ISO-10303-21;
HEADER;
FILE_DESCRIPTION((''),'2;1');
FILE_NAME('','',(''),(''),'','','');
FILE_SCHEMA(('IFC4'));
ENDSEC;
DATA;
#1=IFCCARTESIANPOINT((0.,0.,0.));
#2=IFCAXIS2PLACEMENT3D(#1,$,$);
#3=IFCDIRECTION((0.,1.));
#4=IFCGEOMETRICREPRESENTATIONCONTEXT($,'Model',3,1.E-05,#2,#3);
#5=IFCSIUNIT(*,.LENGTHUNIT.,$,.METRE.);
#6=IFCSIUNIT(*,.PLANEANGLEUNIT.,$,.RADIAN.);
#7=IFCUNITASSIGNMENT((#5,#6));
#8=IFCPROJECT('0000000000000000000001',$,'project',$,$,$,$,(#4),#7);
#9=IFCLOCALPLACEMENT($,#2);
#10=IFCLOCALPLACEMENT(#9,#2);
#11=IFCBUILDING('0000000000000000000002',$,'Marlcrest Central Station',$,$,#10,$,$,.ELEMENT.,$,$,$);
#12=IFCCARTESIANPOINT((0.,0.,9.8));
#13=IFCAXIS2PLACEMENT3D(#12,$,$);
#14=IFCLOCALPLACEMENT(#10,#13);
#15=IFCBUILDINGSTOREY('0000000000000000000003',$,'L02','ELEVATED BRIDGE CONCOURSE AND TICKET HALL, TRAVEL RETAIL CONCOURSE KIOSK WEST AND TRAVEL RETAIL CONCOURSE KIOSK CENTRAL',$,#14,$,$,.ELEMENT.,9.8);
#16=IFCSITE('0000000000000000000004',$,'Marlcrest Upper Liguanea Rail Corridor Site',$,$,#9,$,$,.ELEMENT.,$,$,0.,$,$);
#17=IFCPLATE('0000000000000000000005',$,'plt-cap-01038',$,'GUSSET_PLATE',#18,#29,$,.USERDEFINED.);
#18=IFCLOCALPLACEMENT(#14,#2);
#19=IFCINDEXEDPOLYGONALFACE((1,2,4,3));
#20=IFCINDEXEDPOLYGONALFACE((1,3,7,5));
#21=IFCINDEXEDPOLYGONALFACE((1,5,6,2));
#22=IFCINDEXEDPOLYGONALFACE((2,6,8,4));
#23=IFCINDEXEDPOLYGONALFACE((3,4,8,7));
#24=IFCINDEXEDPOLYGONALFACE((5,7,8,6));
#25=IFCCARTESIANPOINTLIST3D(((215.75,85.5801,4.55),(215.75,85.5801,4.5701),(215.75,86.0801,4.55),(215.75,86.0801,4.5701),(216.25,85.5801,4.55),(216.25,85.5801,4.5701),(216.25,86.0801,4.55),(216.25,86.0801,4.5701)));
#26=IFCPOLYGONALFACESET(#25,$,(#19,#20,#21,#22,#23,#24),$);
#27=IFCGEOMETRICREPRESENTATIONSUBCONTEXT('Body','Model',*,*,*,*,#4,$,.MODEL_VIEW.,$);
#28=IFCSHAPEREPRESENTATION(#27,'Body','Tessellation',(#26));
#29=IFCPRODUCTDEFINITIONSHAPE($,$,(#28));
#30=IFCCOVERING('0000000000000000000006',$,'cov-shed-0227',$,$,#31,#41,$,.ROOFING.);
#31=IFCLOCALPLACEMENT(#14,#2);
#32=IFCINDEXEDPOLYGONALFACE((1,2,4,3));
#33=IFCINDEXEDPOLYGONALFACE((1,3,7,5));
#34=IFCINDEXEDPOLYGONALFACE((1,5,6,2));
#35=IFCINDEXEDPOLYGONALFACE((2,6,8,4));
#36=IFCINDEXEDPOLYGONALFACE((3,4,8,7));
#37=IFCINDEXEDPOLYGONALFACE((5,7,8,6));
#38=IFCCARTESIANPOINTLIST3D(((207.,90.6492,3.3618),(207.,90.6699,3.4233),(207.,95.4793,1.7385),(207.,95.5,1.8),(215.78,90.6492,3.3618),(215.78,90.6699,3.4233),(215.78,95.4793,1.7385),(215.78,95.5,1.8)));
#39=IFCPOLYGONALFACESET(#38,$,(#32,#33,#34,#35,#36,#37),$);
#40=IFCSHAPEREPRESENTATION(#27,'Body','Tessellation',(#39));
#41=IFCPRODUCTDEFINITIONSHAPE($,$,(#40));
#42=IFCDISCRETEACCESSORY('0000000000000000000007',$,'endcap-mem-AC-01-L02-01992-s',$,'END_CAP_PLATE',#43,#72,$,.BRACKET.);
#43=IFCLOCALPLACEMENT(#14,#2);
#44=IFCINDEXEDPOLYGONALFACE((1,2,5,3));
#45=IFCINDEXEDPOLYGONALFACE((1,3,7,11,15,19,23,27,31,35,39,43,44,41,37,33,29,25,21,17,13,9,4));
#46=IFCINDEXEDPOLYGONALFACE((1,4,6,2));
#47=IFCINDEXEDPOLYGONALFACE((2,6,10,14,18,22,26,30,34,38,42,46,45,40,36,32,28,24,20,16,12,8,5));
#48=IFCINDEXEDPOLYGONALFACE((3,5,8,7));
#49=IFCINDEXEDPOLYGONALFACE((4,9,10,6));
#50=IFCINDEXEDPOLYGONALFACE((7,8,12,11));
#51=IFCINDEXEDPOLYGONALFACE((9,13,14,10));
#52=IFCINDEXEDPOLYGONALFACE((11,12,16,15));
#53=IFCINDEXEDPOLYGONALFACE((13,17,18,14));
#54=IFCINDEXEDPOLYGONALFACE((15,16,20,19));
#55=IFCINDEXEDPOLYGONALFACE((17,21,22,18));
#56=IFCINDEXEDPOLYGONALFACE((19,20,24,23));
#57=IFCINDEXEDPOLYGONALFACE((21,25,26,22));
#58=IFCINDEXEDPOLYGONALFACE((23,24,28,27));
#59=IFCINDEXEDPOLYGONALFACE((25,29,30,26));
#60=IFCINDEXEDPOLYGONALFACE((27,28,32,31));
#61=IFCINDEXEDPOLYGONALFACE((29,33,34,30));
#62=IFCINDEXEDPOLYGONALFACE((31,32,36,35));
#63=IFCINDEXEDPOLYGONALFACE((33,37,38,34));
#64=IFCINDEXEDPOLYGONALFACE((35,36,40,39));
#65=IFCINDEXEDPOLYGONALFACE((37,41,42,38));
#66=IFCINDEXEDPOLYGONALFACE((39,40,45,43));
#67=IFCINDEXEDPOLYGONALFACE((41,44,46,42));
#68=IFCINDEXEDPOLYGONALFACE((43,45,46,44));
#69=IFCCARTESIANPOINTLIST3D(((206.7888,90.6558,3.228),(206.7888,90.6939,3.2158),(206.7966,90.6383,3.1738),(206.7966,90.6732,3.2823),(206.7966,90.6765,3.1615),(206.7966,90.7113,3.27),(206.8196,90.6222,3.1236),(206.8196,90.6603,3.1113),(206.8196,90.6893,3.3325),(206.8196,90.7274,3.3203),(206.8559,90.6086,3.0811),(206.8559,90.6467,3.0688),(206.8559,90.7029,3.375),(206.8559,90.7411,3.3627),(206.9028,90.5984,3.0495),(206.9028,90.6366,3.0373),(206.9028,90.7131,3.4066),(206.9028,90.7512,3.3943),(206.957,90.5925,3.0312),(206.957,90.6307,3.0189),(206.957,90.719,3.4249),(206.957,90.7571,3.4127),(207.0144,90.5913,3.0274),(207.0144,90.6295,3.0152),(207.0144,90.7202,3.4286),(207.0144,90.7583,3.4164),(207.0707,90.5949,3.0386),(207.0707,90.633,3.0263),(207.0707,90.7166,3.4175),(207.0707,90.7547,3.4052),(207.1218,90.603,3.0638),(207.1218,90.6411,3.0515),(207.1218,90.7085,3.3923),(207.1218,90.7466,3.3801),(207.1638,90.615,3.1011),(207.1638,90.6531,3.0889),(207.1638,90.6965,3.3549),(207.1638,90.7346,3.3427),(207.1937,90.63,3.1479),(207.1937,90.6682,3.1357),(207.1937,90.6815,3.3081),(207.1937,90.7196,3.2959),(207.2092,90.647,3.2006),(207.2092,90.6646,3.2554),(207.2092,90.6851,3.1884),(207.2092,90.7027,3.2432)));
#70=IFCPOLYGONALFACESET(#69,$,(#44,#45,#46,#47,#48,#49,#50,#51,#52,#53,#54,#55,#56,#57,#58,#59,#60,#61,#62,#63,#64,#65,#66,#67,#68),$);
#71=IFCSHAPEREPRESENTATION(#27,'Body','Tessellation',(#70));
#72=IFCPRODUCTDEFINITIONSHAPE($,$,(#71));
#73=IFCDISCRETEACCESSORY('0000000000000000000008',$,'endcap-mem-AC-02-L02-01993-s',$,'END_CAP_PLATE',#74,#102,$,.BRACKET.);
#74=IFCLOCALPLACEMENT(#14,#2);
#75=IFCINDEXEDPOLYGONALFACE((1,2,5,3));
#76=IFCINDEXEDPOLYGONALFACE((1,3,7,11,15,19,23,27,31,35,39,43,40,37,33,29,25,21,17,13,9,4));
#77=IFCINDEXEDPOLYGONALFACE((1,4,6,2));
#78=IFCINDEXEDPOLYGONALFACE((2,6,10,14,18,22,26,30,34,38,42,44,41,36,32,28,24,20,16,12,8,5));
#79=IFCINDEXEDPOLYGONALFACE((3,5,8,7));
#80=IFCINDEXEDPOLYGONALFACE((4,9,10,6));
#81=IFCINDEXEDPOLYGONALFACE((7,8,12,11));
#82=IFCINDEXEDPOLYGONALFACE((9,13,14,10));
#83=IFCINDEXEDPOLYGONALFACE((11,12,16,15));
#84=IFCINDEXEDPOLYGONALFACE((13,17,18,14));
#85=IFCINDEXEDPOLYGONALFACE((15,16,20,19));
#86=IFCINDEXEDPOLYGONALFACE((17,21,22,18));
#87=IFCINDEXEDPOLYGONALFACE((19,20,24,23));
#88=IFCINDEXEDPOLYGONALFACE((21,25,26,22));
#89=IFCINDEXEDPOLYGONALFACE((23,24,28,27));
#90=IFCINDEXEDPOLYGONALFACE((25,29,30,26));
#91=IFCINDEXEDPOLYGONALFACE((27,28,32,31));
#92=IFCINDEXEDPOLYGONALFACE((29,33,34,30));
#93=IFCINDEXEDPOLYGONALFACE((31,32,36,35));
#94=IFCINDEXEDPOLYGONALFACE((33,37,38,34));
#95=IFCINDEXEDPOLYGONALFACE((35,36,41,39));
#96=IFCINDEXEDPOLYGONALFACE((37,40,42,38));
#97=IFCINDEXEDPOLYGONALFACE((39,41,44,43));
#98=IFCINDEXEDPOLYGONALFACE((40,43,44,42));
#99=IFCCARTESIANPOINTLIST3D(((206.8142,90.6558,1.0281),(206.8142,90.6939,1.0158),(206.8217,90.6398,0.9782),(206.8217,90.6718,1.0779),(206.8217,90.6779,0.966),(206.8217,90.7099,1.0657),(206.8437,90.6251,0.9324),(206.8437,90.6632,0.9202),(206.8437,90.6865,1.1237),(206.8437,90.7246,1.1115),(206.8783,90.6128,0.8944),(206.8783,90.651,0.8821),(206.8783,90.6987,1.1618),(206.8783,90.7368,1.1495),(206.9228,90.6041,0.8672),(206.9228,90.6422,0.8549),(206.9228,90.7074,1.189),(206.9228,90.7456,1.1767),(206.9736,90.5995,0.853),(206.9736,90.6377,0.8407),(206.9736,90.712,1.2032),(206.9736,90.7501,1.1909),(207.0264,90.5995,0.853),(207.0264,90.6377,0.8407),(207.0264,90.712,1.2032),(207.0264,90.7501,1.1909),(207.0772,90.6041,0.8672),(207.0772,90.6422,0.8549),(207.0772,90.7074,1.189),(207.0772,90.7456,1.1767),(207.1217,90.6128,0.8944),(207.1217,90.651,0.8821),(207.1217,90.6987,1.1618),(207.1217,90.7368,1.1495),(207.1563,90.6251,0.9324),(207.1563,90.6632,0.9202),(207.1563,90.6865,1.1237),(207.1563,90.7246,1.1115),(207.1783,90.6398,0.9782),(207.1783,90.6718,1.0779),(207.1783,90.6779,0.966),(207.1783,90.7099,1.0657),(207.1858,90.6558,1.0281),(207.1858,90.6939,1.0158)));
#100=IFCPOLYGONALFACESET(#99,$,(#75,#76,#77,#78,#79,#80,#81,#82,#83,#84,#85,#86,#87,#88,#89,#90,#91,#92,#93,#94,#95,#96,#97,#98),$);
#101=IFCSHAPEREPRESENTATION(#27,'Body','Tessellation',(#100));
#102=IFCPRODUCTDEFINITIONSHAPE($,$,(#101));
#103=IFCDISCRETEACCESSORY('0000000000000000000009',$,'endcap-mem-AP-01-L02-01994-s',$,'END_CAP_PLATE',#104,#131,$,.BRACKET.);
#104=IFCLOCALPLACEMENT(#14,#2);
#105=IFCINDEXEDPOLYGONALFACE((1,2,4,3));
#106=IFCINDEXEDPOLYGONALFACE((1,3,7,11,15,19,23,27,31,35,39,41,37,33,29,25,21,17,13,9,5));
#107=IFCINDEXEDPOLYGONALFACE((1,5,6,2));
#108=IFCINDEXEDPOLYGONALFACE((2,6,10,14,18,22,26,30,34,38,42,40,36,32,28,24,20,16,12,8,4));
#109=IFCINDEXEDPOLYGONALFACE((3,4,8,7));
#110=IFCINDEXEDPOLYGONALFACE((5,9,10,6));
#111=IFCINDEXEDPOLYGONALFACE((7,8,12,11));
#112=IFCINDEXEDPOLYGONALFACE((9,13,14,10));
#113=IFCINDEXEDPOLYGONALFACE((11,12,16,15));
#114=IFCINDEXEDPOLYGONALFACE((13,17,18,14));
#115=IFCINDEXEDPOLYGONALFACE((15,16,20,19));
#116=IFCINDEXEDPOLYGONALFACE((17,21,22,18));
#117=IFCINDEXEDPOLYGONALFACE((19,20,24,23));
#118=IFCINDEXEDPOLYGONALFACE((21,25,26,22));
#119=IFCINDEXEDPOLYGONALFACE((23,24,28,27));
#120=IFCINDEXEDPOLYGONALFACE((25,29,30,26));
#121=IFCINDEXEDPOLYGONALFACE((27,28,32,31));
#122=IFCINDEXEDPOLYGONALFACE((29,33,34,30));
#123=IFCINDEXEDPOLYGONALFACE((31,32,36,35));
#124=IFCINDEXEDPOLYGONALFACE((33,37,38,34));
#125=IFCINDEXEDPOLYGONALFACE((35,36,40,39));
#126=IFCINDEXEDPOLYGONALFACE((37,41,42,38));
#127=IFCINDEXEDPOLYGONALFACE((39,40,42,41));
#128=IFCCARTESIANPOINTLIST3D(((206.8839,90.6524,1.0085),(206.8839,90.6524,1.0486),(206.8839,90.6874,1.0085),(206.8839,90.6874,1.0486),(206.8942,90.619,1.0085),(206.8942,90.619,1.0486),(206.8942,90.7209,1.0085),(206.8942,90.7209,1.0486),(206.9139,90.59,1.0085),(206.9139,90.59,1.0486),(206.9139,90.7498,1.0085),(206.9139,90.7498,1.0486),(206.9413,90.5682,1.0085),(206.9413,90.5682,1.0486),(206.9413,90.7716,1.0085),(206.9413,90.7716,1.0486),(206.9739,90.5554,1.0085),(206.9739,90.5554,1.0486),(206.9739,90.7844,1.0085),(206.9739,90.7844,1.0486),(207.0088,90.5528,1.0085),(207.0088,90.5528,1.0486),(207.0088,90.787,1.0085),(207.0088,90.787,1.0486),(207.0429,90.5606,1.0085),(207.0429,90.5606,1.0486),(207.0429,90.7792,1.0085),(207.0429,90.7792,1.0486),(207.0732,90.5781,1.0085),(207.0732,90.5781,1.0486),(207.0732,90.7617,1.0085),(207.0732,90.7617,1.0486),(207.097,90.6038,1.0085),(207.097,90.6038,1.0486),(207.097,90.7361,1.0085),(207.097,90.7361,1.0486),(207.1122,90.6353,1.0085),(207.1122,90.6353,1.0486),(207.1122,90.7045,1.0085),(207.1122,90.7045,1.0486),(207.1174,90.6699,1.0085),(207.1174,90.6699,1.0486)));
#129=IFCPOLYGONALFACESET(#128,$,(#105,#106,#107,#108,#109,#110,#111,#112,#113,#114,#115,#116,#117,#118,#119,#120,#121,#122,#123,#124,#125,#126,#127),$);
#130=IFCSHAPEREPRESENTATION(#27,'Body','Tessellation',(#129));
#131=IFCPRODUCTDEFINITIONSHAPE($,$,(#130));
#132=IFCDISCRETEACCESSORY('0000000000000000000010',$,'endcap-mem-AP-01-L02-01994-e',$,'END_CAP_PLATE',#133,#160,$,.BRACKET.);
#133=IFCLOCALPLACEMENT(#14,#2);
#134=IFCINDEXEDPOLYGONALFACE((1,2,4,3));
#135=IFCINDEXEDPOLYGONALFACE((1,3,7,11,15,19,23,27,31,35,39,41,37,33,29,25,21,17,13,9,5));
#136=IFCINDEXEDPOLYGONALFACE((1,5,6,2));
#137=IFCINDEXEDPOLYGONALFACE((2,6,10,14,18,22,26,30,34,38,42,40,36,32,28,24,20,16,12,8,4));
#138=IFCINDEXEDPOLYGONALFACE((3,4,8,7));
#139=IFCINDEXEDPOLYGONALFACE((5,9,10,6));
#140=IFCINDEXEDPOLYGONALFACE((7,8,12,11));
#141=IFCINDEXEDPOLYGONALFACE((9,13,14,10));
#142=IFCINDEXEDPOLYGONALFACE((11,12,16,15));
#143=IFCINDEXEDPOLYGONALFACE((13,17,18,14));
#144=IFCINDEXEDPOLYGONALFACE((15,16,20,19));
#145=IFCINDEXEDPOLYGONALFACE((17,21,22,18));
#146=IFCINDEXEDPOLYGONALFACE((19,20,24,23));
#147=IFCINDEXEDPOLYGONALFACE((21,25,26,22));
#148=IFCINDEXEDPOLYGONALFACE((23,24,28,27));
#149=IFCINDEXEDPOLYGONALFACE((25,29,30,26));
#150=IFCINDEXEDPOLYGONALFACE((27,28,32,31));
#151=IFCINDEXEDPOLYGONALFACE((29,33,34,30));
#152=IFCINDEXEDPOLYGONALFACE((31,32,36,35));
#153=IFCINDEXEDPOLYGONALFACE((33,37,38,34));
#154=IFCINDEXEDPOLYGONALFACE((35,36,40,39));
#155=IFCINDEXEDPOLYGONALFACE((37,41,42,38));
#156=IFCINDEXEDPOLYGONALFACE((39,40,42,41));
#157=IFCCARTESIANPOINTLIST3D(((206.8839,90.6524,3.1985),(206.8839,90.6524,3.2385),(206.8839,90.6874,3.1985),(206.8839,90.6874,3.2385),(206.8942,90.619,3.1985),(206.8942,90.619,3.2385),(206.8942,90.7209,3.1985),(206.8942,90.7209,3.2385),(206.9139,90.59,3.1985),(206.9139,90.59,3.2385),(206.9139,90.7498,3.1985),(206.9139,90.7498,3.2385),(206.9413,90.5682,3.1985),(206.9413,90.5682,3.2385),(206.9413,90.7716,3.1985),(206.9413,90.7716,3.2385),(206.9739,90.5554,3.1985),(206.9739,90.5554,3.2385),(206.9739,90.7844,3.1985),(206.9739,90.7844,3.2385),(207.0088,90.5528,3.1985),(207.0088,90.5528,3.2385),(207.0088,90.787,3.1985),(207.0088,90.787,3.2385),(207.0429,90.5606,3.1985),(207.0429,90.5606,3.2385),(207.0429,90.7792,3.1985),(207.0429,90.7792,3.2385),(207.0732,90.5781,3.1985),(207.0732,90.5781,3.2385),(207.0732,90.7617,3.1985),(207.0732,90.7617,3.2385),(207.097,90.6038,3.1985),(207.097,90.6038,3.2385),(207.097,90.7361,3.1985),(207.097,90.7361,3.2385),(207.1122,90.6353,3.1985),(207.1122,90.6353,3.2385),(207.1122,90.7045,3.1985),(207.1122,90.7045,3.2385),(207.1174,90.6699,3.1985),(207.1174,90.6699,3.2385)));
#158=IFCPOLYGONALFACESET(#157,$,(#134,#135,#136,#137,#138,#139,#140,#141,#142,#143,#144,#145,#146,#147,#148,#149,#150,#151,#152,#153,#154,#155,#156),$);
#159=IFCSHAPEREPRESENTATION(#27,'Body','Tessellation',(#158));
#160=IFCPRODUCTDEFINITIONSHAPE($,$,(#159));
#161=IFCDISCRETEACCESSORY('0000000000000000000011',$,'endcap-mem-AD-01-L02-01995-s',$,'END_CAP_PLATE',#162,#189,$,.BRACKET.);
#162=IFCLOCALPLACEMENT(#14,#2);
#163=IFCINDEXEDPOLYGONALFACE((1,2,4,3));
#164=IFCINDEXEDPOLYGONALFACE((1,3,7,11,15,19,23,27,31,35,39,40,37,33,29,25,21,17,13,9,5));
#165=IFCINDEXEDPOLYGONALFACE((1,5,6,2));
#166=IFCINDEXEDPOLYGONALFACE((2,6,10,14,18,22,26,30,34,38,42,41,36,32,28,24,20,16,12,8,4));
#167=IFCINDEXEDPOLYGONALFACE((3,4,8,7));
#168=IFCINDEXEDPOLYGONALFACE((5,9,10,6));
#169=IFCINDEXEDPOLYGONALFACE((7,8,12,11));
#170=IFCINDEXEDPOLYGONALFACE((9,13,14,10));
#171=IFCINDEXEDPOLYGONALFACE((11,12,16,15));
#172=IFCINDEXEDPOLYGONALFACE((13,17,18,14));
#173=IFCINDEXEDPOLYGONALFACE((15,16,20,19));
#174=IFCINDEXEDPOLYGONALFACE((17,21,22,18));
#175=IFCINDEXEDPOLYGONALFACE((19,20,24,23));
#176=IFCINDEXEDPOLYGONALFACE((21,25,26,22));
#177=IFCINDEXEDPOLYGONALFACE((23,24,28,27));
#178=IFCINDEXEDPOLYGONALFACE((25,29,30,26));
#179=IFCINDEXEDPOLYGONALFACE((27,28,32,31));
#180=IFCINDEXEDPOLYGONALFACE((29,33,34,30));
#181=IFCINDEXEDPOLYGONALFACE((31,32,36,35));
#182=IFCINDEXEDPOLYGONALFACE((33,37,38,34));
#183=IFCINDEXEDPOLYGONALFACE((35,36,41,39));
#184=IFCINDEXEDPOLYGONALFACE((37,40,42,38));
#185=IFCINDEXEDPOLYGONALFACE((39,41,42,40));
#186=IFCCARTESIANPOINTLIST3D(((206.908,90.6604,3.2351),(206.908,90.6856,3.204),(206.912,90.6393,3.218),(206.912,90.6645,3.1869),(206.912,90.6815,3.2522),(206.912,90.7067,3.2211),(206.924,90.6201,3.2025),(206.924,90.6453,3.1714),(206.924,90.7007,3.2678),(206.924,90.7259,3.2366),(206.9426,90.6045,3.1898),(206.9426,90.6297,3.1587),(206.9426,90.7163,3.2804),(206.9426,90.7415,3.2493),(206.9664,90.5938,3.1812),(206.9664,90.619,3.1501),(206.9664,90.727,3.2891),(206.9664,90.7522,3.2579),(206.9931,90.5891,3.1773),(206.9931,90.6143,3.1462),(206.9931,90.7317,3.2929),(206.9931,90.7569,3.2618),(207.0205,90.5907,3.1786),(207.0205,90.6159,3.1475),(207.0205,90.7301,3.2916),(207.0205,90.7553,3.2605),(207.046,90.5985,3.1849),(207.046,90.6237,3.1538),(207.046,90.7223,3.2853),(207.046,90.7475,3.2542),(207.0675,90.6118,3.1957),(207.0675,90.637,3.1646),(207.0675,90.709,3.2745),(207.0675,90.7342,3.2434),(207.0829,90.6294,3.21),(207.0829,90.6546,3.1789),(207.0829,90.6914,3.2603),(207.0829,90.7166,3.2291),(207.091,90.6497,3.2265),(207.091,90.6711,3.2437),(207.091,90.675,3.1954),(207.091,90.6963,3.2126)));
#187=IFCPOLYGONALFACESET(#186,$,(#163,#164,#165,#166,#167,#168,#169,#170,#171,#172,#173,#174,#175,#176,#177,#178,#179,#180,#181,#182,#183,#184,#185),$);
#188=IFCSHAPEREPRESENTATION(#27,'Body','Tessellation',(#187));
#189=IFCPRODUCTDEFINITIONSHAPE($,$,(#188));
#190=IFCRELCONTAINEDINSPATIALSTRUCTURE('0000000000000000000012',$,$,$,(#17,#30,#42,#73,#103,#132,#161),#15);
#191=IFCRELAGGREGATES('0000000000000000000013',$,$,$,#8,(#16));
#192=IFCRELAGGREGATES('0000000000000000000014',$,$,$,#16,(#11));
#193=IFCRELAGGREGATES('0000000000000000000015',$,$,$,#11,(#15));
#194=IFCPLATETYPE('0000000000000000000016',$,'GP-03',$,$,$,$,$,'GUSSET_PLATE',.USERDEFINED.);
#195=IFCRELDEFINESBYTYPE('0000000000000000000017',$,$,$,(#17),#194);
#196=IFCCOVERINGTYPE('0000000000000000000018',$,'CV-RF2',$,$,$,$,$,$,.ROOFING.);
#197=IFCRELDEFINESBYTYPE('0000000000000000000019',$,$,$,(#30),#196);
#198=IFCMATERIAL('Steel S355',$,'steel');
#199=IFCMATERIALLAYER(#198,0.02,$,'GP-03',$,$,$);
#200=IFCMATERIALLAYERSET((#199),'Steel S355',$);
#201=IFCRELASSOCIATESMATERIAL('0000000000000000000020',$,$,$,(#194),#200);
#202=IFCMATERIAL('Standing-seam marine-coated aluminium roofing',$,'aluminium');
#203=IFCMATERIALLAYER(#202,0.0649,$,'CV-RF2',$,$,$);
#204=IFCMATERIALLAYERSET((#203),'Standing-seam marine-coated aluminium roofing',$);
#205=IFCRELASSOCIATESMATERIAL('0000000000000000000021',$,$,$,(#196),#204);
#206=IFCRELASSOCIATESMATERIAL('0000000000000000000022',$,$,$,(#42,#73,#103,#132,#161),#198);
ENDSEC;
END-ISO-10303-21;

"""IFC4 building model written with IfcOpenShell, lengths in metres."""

from ifc_helpers import new_model, si_unit, direction, frame, origin, origin_2d, place, context, subcontext, project, spatial, polyline, rectangle, circle, outline, extrude, material, layer, layer_set, type_object, element, save


model = new_model("IFC4")

# Units and contexts
model_context = context("Model", 3, precision=1e-05, world=origin(), true_north=direction((0.0, 1.0)))
body_context = subcontext(model_context, "Body", "Model", "MODEL_VIEW")
ifc_project = project(units=[si_unit("LENGTHUNIT", "METRE"), si_unit("PLANEANGLEUNIT", "RADIAN")], contexts=[model_context])

# Site, building, storey
site_placement = place(None, origin())
site = spatial("IfcSite", under=ifc_project, at=site_placement, Name="Marlcrest Upper Liguanea Rail Corridor Site", CompositionType="ELEMENT", RefElevation=0.0)
building_placement = place(site_placement, origin())
building = spatial("IfcBuilding", under=site, at=building_placement, Name="Marlcrest Central Station", CompositionType="ELEMENT")
storey_placement = place(building_placement, frame((0.0, 0.0, 9.8)))
storey = spatial("IfcBuildingStorey", under=building, at=storey_placement, Name="L02", Description="ELEVATED BRIDGE CONCOURSE AND TICKET HALL, TRAVEL RETAIL CONCOURSE KIOSK WEST AND TRAVEL RETAIL CONCOURSE KIOSK CENTRAL", CompositionType="ELEMENT", Elevation=9.8)

# Shared definitions
ifc_material_1 = material(Name="Steel S355", Category="steel")

# Plate
ifc_layer_1 = layer(ifc_material_1, 0.02, Name="GP-03")
ifc_layer_set_1 = layer_set([ifc_layer_1], Name="Steel S355")
plate_type = type_object("IfcPlateType", Name="GP-03", ElementType="GUSSET_PLATE", PredefinedType="USERDEFINED", material=ifc_layer_set_1)
for number, where, z_axis, x_axis, name in (
    (1, (216.0, 85.8301, 4.55), (0.0, 0.0, 1.0), (1.0, 0.0, 0.0), "plt-cap-01038"),
):
    element("IfcPlate", number, at=place(storey_placement, frame(where, z_axis=z_axis, x_axis=x_axis)), inside=storey, type_object=plate_type, Name=name, ObjectType="GUSSET_PLATE", PredefinedType="USERDEFINED", context=body_context, shape_type="SweptSolid", body=[
        extrude(rectangle(XDim=0.5, YDim=0.5, at=origin_2d()), origin(), (0.0, 0.0, 1.0), 0.02),
    ])

# Covering
ifc_material_2 = material(Name="Standing-seam marine-coated aluminium roofing", Category="aluminium")
ifc_layer_2 = layer(ifc_material_2, 0.0649, Name="CV-RF2")
ifc_layer_set_2 = layer_set([ifc_layer_2], Name="Standing-seam marine-coated aluminium roofing")
covering_type = type_object("IfcCoveringType", Name="CV-RF2", PredefinedType="ROOFING", material=ifc_layer_set_2)
covering_placement = place(storey_placement, frame((207.0, 90.6699, 3.4233), z_axis=(0.0, 0.31857, 0.947899), x_axis=(1.0, 0.0, 0.0)))
element("IfcCovering", 2, at=covering_placement, inside=storey, type_object=covering_type, Name="cov-shed-0227", PredefinedType="ROOFING", context=body_context, shape_type="SweptSolid", body=[
    extrude(outline(polyline([(0.0, 0.0), (8.78, 0.0), (8.78, 5.0956), (0.0, 5.0956), (0.0, 0.0)])), origin(), (0.0, 0.0, -1.0), 0.0649),
])

# Discrete accessories
discrete_accessory_1_placement = place(storey_placement, frame((207.0, 90.6558, 3.228), z_axis=(0.0, 0.952117, -0.305734), x_axis=(-1.0, 0.0, 0.0)))
element("IfcDiscreteAccessory", 3, at=discrete_accessory_1_placement, inside=storey, material=ifc_material_1, Name="endcap-mem-AC-01-L02-01992-s", ObjectType="END_CAP_PLATE", PredefinedType="BRACKET", context=body_context, shape_type="SweptSolid", body=[
    extrude(circle(Radius=0.2112, at=origin_2d()), origin(), (0.0, 0.0, 1.0), 0.04),
])
discrete_accessory_2_placement = place(storey_placement, frame((207.0, 90.6558, 1.0281), z_axis=(0.0, 0.952117, -0.305734), x_axis=(-1.0, 0.0, 0.0)))
element("IfcDiscreteAccessory", 4, at=discrete_accessory_2_placement, inside=storey, material=ifc_material_1, Name="endcap-mem-AC-02-L02-01993-s", ObjectType="END_CAP_PLATE", PredefinedType="BRACKET", context=body_context, shape_type="SweptSolid", body=[
    extrude(circle(Radius=0.1858, at=origin_2d()), origin(), (0.0, 0.0, 1.0), 0.04),
])
for number, where, z_axis, x_axis, name in (
    (5, (207.0, 90.6699, 1.0085), (0.0, 0.0, 1.0), (1.0, 0.0, 0.0), "endcap-mem-AP-01-L02-01994-s"),
    (6, (207.0, 90.6699, 3.1985), (0.0, 0.0, 1.0), (1.0, 0.0, 0.0), "endcap-mem-AP-01-L02-01994-e"),
):
    element("IfcDiscreteAccessory", number, at=place(storey_placement, frame(where, z_axis=z_axis, x_axis=x_axis)), inside=storey, material=ifc_material_1, Name=name, ObjectType="END_CAP_PLATE", PredefinedType="BRACKET", context=body_context, shape_type="SweptSolid", body=[
        extrude(circle(Radius=0.1174, at=origin_2d()), origin(), (0.0, 0.0, 1.0), 0.04),
    ])
discrete_accessory_3_placement = place(storey_placement, frame((207.0, 90.6604, 3.2351), z_axis=(0.0, 0.629629, -0.776896), x_axis=(-1.0, 0.0, 0.0)))
element("IfcDiscreteAccessory", 7, at=discrete_accessory_3_placement, inside=storey, material=ifc_material_1, Name="endcap-mem-AD-01-L02-01995-s", ObjectType="END_CAP_PLATE", PredefinedType="BRACKET", context=body_context, shape_type="SweptSolid", body=[
    extrude(circle(Radius=0.092, at=origin_2d()), origin(), (0.0, 0.0, 1.0), 0.04),
])

save(model, "model.ifc")
